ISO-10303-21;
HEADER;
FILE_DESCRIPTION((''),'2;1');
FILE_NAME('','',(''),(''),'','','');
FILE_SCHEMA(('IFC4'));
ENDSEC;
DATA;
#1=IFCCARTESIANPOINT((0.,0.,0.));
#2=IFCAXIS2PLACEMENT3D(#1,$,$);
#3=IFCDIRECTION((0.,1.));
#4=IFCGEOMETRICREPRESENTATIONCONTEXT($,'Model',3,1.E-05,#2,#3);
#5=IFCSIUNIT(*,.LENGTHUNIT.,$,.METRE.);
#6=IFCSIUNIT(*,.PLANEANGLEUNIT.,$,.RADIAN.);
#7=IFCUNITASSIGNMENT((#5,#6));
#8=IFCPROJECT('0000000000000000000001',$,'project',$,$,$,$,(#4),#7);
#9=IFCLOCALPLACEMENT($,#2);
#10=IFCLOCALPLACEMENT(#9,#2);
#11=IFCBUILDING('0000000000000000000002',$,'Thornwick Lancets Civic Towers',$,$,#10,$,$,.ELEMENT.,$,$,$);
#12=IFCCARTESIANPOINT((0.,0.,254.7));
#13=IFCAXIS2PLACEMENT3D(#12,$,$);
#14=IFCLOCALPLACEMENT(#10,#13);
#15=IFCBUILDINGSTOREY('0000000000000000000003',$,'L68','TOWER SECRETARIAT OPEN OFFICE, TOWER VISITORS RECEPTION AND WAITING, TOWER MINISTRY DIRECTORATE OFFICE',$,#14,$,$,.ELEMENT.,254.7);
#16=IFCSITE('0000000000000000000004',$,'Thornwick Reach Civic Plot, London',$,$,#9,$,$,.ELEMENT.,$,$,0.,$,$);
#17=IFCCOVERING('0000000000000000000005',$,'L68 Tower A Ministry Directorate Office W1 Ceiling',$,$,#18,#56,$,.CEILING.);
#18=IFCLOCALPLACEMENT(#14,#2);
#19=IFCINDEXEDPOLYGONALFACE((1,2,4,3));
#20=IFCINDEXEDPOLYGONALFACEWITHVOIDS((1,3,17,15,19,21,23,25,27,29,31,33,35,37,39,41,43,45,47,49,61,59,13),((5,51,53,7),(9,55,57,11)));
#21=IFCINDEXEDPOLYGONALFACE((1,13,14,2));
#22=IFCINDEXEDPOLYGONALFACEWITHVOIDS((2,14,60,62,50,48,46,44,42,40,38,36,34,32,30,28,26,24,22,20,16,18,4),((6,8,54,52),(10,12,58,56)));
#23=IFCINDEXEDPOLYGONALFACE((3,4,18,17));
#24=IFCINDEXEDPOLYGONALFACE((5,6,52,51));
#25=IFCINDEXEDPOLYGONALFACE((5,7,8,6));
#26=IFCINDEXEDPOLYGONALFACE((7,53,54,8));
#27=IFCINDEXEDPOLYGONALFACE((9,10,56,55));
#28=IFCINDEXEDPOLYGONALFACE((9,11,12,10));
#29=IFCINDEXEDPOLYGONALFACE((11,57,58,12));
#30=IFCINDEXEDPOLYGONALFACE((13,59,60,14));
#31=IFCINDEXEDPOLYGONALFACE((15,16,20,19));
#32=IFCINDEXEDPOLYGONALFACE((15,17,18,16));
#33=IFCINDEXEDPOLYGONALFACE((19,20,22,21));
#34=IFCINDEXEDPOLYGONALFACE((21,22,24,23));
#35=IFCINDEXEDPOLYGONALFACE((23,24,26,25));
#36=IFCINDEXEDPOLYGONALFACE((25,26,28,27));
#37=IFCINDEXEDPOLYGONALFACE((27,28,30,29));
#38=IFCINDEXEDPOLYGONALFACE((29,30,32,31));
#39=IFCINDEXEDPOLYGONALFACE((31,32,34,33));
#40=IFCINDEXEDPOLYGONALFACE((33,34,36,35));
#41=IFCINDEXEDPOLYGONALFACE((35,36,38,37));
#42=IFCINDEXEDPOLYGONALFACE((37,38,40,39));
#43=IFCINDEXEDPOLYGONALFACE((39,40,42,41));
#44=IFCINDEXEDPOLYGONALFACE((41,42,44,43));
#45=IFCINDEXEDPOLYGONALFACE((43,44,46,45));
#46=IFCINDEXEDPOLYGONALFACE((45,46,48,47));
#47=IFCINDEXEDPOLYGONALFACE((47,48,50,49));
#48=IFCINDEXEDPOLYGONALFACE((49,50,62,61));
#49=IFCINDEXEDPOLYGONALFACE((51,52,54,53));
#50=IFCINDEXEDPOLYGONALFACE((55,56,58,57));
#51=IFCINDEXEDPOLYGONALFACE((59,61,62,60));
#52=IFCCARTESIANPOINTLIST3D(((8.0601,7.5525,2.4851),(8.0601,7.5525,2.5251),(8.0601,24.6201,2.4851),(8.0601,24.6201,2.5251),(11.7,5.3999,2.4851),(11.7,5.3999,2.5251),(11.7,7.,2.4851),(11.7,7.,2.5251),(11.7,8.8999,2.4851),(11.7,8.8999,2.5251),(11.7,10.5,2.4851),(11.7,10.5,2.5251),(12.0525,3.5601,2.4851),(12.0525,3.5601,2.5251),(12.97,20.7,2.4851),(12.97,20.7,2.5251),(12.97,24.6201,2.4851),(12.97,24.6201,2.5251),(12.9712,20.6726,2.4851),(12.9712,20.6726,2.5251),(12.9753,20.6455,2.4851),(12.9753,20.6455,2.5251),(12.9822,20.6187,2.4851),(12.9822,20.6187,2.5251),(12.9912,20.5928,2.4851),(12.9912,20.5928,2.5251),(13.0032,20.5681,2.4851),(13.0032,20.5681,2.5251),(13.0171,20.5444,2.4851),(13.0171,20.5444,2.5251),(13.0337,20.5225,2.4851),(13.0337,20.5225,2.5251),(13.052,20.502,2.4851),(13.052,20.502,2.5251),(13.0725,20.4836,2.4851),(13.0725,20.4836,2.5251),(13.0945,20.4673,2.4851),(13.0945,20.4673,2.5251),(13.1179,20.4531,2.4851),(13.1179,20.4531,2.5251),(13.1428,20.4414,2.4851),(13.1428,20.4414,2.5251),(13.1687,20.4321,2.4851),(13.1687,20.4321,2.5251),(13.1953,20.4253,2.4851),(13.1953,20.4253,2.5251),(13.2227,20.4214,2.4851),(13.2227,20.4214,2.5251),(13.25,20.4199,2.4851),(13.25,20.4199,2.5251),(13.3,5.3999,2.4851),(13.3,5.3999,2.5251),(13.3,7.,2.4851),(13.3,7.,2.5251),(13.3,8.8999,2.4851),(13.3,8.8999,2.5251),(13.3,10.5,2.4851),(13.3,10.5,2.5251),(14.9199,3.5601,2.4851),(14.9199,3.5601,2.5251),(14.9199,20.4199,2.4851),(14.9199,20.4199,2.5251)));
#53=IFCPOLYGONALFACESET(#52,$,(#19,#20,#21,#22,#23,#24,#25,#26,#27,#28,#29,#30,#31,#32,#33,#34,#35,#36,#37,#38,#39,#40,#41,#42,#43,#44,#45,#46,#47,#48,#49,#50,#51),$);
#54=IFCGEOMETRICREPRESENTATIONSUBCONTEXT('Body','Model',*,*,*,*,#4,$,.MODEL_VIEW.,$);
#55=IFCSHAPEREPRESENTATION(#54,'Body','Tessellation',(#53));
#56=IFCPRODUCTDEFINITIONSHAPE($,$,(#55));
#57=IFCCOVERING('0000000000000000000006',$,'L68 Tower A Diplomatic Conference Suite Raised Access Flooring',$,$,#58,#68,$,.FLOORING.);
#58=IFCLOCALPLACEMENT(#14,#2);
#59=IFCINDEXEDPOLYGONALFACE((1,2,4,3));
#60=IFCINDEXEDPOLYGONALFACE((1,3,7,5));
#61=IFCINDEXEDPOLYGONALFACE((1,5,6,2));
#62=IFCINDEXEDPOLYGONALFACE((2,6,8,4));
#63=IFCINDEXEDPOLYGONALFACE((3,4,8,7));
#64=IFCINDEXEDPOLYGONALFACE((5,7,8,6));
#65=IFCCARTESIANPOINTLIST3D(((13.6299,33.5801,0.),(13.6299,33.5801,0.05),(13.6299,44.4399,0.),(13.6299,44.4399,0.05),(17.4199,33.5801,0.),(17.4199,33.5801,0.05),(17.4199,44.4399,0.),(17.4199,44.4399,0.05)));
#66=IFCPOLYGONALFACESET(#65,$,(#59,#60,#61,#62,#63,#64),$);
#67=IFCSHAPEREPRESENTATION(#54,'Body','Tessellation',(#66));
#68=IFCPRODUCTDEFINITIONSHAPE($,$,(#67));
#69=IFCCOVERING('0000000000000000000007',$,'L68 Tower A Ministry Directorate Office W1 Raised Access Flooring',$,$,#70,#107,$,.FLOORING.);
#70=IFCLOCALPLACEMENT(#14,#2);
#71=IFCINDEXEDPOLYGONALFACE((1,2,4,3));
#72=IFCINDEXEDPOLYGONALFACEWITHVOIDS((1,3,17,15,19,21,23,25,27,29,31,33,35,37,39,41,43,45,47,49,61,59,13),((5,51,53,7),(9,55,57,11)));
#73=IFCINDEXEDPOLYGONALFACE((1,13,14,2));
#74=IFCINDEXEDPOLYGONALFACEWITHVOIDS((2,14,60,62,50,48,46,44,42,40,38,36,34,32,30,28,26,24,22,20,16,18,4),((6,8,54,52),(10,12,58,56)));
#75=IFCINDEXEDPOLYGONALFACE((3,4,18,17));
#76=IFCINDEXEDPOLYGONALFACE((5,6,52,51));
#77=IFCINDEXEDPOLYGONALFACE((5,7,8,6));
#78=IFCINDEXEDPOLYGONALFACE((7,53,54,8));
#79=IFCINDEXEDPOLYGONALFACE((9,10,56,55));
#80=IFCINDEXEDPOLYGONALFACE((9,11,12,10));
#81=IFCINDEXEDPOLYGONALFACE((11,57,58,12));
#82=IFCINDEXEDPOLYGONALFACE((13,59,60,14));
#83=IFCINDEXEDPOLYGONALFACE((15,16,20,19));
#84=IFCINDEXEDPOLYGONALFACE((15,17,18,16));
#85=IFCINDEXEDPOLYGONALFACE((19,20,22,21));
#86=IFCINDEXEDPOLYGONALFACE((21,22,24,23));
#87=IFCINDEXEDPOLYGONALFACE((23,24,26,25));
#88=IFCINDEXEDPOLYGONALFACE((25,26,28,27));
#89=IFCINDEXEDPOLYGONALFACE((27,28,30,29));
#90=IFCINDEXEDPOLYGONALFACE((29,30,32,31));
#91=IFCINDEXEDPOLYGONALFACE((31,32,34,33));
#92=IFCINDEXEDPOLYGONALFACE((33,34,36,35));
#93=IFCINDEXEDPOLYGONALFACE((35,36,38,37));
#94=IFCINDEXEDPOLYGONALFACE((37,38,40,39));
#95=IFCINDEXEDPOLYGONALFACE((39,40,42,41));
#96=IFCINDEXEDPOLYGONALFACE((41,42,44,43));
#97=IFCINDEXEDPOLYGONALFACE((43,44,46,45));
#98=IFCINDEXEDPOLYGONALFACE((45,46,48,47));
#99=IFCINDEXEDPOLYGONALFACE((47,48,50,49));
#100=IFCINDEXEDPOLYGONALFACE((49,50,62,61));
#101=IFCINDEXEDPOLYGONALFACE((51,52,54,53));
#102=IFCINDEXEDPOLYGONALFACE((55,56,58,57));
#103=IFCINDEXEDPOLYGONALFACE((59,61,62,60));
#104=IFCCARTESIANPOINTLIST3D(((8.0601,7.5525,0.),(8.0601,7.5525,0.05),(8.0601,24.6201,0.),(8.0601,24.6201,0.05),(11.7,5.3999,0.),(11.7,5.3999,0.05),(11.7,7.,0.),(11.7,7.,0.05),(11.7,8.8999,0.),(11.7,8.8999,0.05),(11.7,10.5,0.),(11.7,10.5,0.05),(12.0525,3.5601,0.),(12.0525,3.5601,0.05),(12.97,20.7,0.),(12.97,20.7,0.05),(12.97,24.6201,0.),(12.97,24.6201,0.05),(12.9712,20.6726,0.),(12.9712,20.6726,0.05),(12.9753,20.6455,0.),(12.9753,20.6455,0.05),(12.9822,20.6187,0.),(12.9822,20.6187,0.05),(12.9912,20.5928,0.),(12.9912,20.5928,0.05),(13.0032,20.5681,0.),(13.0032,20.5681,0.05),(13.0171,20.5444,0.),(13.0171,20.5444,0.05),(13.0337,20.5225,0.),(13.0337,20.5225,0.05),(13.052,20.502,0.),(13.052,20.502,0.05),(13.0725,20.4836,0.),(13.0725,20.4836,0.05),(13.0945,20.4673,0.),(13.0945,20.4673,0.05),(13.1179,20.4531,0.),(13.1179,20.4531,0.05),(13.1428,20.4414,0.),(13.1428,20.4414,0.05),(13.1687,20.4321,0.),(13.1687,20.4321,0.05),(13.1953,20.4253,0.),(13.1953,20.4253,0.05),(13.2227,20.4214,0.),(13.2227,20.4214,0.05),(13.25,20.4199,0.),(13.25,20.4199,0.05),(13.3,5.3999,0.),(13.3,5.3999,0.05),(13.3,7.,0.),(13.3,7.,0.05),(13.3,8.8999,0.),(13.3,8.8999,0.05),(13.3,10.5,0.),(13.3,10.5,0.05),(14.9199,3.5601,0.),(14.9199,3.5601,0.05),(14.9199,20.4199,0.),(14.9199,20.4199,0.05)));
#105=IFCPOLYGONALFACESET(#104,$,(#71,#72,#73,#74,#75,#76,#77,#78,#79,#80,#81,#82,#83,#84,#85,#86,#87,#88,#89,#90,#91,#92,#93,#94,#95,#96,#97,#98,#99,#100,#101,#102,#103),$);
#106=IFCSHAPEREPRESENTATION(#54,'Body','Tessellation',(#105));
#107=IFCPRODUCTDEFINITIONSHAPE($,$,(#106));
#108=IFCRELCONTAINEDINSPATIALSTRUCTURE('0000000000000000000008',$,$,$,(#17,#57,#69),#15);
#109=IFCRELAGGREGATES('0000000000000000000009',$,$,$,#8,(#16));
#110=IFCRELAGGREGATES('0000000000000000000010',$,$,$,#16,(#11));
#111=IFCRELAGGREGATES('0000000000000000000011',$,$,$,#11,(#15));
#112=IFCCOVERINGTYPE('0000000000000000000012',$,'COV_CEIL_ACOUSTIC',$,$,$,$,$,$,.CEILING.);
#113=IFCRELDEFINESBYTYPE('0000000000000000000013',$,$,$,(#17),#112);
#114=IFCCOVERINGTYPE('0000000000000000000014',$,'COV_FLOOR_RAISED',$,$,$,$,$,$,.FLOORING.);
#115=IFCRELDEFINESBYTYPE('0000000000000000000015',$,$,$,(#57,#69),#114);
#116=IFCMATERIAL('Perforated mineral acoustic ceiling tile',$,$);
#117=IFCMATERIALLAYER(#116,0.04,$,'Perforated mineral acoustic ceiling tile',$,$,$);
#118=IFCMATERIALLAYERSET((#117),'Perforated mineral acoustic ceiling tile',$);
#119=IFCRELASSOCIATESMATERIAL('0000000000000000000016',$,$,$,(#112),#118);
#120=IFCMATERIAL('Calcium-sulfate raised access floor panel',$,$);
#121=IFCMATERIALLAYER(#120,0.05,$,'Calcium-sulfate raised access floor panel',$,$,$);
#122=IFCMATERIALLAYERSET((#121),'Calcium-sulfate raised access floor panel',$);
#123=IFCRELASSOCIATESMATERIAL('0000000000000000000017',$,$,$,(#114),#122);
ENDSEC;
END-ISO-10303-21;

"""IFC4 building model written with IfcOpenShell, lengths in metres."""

from ifc_helpers import new_model, si_unit, direction, frame, origin, place, context, subcontext, project, spatial, polyline, outline, extrude, material, layer, layer_set, type_object, element, save


model = new_model("IFC4")

# Units and contexts
model_context = context("Model", 3, precision=1e-05, world=origin(), true_north=direction((0.0, 1.0)))
body_context = subcontext(model_context, "Body", "Model", "MODEL_VIEW")
ifc_project = project(units=[si_unit("LENGTHUNIT", "METRE"), si_unit("PLANEANGLEUNIT", "RADIAN")], contexts=[model_context])

# Site, building, storey
site_placement = place(None, origin())
site = spatial("IfcSite", under=ifc_project, at=site_placement, Name="Thornwick Reach Civic Plot, London", CompositionType="ELEMENT", RefElevation=0.0)
building_placement = place(site_placement, origin())
building = spatial("IfcBuilding", under=site, at=building_placement, Name="Thornwick Lancets Civic Towers", CompositionType="ELEMENT")
storey_placement = place(building_placement, frame((0.0, 0.0, 254.7)))
storey = spatial("IfcBuildingStorey", under=building, at=storey_placement, Name="L68", Description="TOWER SECRETARIAT OPEN OFFICE, TOWER VISITORS RECEPTION AND WAITING, TOWER MINISTRY DIRECTORATE OFFICE", CompositionType="ELEMENT", Elevation=254.7)

# Coverings
ifc_material_1 = material(Name="Perforated mineral acoustic ceiling tile")
ifc_layer_1 = layer(ifc_material_1, 0.04, Name="Perforated mineral acoustic ceiling tile")
ifc_layer_set_1 = layer_set([ifc_layer_1], Name="Perforated mineral acoustic ceiling tile")
covering_type_1 = type_object("IfcCoveringType", Name="COV_CEIL_ACOUSTIC", PredefinedType="CEILING", material=ifc_layer_set_1)
covering_1_placement = place(storey_placement, frame((0.0, 0.0, 2.4851)))
element("IfcCovering", 1, at=covering_1_placement, inside=storey, type_object=covering_type_1, Name="L68 Tower A Ministry Directorate Office W1 Ceiling", PredefinedType="CEILING", context=body_context, shape_type="SweptSolid", body=[
    extrude(outline(polyline([(12.97, 24.6201), (12.97, 20.7), (12.9712, 20.6726), (12.9753, 20.6455), (12.9822, 20.6187), (12.9912, 20.5928), (13.0032, 20.5681), (13.0171, 20.5444), (13.0337, 20.5225), (13.052, 20.502), (13.0725, 20.4836), (13.0945, 20.4673), (13.1179, 20.4531), (13.1428, 20.4414), (13.1687, 20.4321), (13.1953, 20.4253), (13.2227, 20.4214), (13.25, 20.4199), (14.9199, 20.4199), (14.9199, 3.5601), (12.0525, 3.5601), (8.0601, 7.5525), (8.0601, 24.6201), (12.97, 24.6201)]), holes=[polyline([(11.7, 8.8999), (13.3, 8.8999), (13.3, 10.5), (11.7, 10.5), (11.7, 8.8999)]), polyline([(11.7, 5.3999), (13.3, 5.3999), (13.3, 7.0), (11.7, 7.0), (11.7, 5.3999)])]), origin(), (0.0, 0.0, 1.0), 0.04),
])
ifc_material_2 = material(Name="Calcium-sulfate raised access floor panel")
ifc_layer_2 = layer(ifc_material_2, 0.05, Name="Calcium-sulfate raised access floor panel")
ifc_layer_set_2 = layer_set([ifc_layer_2], Name="Calcium-sulfate raised access floor panel")
covering_type_2 = type_object("IfcCoveringType", Name="COV_FLOOR_RAISED", PredefinedType="FLOORING", material=ifc_layer_set_2)
covering_2_placement = place(storey_placement, origin())
element("IfcCovering", 2, at=covering_2_placement, inside=storey, type_object=covering_type_2, Name="L68 Tower A Diplomatic Conference Suite Raised Access Flooring", PredefinedType="FLOORING", context=body_context, shape_type="SweptSolid", body=[
    extrude(outline(polyline([(13.6299, 33.5801), (13.6299, 44.4399), (17.4199, 44.4399), (17.4199, 33.5801), (13.6299, 33.5801)])), origin(), (0.0, 0.0, 1.0), 0.05),
])
covering_3_placement = place(storey_placement, origin())
element("IfcCovering", 3, at=covering_3_placement, inside=storey, type_object=covering_type_2, Name="L68 Tower A Ministry Directorate Office W1 Raised Access Flooring", PredefinedType="FLOORING", context=body_context, shape_type="SweptSolid", body=[
    extrude(outline(polyline([(12.97, 24.6201), (12.97, 20.7), (12.9712, 20.6726), (12.9753, 20.6455), (12.9822, 20.6187), (12.9912, 20.5928), (13.0032, 20.5681), (13.0171, 20.5444), (13.0337, 20.5225), (13.052, 20.502), (13.0725, 20.4836), (13.0945, 20.4673), (13.1179, 20.4531), (13.1428, 20.4414), (13.1687, 20.4321), (13.1953, 20.4253), (13.2227, 20.4214), (13.25, 20.4199), (14.9199, 20.4199), (14.9199, 3.5601), (12.0525, 3.5601), (8.0601, 7.5525), (8.0601, 24.6201), (12.97, 24.6201)]), holes=[polyline([(11.7, 8.8999), (13.3, 8.8999), (13.3, 10.5), (11.7, 10.5), (11.7, 8.8999)]), polyline([(11.7, 5.3999), (13.3, 5.3999), (13.3, 7.0), (11.7, 7.0), (11.7, 5.3999)])]), origin(), (0.0, 0.0, 1.0), 0.05),
])

save(model, "model.ifc")
